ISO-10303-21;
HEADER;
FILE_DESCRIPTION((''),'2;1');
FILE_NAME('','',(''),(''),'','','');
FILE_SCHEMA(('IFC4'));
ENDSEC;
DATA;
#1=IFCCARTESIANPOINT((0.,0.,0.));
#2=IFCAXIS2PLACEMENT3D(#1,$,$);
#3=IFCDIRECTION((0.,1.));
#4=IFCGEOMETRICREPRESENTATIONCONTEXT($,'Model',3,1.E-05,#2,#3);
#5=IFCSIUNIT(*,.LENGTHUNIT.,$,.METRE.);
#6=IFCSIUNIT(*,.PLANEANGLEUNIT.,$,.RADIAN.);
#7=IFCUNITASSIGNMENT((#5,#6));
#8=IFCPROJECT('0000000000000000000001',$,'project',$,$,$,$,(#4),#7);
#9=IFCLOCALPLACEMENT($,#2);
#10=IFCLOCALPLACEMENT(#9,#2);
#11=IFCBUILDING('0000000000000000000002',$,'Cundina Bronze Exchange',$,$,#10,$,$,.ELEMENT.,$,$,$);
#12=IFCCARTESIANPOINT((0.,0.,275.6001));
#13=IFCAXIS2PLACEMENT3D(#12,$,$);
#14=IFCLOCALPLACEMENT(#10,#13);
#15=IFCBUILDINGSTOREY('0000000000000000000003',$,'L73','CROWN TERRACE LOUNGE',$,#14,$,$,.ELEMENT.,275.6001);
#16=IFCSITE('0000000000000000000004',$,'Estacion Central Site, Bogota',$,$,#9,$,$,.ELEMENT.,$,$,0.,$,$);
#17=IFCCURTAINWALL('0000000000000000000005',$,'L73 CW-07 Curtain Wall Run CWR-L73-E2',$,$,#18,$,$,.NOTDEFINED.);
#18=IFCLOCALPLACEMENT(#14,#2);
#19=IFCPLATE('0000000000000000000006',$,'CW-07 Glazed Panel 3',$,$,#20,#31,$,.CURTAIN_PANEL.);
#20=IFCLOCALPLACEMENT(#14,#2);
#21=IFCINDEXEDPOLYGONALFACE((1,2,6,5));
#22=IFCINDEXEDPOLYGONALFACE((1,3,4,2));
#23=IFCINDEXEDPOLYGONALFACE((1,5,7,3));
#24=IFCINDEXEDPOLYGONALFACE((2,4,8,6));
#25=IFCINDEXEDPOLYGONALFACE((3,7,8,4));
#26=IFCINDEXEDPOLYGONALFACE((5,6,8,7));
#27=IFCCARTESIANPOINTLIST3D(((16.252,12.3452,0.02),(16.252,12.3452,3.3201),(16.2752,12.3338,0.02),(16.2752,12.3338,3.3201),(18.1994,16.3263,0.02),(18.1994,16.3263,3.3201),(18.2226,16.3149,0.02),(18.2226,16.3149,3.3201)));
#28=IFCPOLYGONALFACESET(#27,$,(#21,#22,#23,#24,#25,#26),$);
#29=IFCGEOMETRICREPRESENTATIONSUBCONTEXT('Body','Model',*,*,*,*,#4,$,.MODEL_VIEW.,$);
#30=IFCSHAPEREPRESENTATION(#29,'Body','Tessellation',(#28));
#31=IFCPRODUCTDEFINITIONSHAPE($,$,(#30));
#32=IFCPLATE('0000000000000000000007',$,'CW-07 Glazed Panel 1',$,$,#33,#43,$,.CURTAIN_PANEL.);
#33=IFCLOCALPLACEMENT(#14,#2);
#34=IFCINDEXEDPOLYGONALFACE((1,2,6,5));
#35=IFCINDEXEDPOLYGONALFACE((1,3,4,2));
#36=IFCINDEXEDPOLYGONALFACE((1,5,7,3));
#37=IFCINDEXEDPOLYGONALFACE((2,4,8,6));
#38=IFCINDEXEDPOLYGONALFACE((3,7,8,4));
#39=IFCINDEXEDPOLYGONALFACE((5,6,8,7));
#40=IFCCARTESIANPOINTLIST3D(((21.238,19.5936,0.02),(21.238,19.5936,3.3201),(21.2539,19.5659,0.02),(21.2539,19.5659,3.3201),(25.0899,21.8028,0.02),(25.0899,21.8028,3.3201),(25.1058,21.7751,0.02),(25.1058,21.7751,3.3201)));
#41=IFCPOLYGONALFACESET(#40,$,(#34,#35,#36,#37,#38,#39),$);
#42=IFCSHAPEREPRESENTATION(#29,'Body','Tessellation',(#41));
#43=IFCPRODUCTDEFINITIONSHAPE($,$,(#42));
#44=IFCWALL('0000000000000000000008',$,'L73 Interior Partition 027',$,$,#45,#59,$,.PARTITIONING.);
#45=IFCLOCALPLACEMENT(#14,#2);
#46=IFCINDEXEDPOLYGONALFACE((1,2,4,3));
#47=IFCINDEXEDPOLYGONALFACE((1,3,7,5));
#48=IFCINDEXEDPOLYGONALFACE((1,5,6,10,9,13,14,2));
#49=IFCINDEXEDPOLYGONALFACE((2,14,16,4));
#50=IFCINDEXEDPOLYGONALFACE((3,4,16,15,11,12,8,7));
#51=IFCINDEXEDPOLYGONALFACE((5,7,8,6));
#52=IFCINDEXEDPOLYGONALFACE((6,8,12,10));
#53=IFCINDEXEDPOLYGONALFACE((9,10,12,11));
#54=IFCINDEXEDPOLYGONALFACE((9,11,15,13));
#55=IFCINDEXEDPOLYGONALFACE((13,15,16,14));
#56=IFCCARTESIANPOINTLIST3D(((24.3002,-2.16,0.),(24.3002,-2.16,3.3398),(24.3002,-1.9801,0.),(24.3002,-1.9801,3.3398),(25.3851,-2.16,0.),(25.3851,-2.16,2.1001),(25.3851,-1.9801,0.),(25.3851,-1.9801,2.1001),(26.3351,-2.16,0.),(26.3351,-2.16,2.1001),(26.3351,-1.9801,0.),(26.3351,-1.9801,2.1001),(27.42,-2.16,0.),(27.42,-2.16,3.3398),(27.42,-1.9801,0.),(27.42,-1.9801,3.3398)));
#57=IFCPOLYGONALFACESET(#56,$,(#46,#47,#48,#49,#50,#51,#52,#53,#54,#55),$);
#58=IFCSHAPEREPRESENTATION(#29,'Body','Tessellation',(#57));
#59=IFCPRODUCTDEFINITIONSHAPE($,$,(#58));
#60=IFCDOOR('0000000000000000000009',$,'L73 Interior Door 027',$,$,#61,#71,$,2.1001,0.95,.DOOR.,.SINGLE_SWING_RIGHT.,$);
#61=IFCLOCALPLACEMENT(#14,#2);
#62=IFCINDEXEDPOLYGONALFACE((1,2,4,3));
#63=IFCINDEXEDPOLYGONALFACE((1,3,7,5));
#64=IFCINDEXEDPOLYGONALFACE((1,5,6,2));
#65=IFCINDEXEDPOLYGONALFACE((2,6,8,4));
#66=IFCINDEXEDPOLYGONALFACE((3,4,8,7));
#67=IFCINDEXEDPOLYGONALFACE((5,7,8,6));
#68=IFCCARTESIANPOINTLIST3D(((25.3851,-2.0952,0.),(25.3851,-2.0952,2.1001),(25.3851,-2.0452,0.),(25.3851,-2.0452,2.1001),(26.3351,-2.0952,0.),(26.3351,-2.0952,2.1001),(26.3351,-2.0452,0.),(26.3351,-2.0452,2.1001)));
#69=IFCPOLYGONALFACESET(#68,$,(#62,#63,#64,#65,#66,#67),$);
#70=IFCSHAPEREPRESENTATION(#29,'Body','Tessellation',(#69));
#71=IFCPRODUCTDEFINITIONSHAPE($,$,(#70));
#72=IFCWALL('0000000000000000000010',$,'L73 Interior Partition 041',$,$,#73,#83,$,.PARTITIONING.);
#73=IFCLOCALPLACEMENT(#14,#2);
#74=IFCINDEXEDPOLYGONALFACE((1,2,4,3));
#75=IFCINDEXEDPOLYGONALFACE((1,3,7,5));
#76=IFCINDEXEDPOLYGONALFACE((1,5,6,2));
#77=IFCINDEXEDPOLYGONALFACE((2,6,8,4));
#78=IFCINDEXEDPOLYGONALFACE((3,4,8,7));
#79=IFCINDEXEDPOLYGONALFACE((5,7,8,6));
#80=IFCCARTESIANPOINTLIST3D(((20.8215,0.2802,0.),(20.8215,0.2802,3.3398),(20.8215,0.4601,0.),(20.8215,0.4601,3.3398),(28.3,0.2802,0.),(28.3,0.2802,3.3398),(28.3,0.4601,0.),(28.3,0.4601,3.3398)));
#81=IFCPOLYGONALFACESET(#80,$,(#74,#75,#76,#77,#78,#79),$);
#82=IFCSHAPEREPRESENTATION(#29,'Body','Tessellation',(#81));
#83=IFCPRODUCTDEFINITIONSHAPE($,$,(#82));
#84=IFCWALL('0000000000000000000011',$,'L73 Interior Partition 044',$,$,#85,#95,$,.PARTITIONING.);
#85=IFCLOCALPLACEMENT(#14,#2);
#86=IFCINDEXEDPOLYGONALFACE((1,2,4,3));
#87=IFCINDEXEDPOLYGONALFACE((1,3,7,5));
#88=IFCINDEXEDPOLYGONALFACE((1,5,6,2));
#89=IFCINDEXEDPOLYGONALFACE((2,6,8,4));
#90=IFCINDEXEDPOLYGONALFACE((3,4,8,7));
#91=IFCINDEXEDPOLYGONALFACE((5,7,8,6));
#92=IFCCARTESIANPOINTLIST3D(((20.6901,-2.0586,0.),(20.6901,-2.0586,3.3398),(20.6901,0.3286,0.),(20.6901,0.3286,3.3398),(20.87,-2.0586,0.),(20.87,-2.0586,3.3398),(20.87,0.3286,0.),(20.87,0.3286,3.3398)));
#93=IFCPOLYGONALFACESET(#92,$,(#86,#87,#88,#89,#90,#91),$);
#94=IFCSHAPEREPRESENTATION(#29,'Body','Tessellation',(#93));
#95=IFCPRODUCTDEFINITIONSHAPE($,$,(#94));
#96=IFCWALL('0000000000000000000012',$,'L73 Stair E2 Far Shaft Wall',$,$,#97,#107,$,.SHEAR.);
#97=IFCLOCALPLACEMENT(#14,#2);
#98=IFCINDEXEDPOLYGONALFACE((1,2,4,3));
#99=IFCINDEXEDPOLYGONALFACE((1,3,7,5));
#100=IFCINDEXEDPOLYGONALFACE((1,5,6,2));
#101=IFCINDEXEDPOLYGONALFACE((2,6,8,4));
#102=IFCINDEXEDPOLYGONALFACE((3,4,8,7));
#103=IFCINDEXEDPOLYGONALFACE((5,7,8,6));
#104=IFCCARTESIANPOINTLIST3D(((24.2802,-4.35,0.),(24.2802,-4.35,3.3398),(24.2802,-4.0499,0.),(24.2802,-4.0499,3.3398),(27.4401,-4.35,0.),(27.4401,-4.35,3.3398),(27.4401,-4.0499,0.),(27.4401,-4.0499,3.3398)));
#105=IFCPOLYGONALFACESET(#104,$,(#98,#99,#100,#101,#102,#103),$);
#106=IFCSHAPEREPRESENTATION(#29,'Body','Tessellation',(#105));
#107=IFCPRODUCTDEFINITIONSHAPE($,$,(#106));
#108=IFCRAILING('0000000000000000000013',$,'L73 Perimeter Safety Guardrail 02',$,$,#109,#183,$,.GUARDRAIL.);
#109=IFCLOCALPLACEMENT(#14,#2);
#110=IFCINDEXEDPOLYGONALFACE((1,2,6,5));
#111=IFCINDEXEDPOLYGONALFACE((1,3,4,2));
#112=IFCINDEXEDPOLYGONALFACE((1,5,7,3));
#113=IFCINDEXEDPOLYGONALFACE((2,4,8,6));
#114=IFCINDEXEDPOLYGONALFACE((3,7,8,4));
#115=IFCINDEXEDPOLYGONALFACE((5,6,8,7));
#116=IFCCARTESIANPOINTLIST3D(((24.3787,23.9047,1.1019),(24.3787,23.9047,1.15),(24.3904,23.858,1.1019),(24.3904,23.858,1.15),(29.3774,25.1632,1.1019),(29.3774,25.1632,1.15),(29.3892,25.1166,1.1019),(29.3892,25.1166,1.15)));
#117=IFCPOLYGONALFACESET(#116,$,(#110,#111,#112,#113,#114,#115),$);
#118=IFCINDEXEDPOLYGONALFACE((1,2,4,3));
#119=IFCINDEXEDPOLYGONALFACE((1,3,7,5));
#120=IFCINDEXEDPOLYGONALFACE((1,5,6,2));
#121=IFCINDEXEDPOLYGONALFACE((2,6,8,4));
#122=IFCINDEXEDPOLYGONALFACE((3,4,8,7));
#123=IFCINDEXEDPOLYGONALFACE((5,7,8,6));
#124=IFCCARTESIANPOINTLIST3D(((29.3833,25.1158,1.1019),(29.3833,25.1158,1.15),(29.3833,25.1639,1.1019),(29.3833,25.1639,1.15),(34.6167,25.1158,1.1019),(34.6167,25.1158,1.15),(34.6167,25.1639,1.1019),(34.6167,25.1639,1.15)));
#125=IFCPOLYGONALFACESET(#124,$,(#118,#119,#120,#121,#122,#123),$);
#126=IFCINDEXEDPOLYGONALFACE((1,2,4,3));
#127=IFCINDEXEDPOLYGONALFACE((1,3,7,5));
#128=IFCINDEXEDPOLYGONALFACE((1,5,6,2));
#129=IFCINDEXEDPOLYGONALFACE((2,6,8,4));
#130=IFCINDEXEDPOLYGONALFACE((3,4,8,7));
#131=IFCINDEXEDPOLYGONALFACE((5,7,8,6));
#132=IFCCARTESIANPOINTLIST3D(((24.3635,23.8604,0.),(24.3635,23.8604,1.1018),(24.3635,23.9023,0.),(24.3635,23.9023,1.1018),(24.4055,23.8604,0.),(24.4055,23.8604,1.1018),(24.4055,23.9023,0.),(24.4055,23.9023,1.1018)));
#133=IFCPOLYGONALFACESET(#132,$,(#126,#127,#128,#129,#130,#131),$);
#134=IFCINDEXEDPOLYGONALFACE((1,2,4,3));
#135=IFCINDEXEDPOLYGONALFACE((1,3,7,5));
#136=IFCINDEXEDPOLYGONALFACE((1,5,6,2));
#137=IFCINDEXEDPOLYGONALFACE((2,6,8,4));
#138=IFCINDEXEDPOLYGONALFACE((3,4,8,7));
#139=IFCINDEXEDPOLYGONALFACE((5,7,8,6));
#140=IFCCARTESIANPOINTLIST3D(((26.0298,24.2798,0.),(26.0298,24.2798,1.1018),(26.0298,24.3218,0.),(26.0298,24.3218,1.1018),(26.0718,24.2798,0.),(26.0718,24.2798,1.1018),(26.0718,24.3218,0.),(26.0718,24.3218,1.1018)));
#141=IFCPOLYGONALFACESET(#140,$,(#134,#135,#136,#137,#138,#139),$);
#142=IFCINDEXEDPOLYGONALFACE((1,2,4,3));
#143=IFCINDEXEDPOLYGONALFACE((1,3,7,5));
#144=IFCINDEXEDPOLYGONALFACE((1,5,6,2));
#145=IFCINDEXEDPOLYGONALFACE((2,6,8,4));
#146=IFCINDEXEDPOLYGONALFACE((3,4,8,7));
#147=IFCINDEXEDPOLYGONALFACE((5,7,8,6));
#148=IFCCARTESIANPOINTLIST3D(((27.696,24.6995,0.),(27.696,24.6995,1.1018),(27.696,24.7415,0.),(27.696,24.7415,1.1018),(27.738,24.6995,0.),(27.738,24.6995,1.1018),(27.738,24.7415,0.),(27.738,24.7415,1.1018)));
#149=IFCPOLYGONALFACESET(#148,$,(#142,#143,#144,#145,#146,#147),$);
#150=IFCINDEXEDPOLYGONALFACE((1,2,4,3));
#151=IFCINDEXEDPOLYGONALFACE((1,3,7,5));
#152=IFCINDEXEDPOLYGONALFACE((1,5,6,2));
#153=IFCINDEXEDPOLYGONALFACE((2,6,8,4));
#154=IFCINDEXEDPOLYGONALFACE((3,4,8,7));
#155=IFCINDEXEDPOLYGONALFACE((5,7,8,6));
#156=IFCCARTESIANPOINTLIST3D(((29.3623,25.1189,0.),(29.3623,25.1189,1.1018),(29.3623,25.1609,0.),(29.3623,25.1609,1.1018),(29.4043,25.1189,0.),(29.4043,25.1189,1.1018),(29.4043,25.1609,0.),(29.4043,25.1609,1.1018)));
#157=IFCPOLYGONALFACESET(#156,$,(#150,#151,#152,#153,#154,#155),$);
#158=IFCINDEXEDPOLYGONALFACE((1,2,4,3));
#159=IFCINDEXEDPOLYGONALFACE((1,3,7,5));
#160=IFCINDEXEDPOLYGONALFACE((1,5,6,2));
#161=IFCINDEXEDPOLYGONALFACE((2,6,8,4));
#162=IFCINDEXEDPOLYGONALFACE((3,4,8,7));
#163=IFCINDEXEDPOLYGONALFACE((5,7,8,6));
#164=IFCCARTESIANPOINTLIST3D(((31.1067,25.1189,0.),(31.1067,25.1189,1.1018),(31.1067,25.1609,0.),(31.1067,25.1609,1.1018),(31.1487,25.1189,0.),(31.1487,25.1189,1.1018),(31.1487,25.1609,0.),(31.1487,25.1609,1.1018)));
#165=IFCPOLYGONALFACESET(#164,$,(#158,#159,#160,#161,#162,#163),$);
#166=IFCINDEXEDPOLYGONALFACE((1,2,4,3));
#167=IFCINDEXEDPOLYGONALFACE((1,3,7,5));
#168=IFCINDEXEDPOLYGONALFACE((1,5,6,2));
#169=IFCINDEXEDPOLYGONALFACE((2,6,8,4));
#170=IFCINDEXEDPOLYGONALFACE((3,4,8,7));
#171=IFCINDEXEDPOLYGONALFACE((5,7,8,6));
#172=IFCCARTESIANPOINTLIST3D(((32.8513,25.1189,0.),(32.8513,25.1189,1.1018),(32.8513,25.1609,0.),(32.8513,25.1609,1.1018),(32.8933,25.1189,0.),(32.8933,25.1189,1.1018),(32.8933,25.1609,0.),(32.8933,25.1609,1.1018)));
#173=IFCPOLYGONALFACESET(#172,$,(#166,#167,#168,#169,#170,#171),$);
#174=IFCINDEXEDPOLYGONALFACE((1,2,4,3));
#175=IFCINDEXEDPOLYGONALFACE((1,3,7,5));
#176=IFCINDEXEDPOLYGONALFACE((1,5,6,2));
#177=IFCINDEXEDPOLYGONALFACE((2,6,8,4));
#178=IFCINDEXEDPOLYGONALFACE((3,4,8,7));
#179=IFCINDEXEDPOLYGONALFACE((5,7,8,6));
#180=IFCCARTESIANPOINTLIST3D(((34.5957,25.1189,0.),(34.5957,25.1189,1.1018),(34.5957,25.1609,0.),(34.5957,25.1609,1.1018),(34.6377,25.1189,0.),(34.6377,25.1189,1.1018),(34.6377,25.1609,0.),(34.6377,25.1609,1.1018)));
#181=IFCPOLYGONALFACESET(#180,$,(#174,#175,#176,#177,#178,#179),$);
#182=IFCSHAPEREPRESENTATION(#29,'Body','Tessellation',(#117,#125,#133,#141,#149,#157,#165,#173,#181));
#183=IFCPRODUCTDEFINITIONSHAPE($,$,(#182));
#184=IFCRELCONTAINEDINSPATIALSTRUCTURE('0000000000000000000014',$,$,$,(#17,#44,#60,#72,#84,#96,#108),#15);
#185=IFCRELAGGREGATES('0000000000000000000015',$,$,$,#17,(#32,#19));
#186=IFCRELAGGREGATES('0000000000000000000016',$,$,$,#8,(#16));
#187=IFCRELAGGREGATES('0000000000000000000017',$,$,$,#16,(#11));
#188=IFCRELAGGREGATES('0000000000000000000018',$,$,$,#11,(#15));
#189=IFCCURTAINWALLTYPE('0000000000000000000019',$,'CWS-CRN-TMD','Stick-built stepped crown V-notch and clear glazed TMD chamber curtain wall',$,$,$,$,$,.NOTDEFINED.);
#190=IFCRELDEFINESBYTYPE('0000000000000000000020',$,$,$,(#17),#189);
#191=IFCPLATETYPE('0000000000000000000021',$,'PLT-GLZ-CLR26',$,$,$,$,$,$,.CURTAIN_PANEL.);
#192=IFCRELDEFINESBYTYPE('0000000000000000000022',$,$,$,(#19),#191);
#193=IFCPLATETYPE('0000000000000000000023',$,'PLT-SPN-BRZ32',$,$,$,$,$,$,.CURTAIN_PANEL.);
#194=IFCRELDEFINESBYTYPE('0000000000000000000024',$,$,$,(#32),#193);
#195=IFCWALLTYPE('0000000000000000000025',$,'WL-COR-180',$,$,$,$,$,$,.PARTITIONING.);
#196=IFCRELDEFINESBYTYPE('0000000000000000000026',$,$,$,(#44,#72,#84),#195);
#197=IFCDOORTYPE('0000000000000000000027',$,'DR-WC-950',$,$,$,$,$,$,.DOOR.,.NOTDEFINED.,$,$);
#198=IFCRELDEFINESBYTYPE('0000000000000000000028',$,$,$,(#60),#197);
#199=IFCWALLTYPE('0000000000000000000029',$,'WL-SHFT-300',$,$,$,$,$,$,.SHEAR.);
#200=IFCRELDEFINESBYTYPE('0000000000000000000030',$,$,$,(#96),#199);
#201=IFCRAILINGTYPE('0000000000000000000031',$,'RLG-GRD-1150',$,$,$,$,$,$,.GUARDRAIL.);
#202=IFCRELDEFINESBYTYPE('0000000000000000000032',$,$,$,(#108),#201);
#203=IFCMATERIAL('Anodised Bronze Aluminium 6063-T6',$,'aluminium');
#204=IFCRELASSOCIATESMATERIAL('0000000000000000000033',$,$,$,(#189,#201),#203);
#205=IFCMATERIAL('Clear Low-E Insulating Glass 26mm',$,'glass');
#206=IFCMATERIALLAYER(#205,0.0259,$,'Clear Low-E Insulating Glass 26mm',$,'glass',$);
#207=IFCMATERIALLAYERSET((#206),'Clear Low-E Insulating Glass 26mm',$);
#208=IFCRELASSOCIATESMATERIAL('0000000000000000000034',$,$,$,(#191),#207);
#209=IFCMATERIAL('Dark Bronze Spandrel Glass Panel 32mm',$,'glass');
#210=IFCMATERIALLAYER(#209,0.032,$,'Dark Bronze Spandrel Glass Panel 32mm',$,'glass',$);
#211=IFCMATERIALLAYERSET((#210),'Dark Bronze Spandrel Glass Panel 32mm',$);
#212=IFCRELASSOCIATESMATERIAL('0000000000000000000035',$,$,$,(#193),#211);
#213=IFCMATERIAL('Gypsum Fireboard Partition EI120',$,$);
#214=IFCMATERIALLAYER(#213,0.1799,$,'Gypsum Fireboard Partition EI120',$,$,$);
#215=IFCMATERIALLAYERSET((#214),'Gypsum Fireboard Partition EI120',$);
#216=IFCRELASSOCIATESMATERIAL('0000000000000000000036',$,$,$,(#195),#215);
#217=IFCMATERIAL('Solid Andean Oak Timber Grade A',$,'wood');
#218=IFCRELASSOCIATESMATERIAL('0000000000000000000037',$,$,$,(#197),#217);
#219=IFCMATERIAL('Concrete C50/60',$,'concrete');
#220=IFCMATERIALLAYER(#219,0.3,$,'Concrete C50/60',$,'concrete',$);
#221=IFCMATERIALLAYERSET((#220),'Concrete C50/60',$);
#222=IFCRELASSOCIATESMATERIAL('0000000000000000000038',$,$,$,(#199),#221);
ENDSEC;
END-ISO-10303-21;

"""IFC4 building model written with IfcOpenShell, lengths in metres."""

from ifc_helpers import new_model, si_unit, direction, frame, frame_2d, origin, origin_2d, place, context, subcontext, project, spatial, rectangle, extrude, material, layer, layer_set, type_object, element, fill, aggregate, save


model = new_model("IFC4")

# Units and contexts
model_context = context("Model", 3, precision=1e-05, world=origin(), true_north=direction((0.0, 1.0)))
body_context = subcontext(model_context, "Body", "Model", "MODEL_VIEW")
ifc_project = project(units=[si_unit("LENGTHUNIT", "METRE"), si_unit("PLANEANGLEUNIT", "RADIAN")], contexts=[model_context])

# Site, building, storey
site_placement = place(None, origin())
site = spatial("IfcSite", under=ifc_project, at=site_placement, Name="Estacion Central Site, Bogota", CompositionType="ELEMENT", RefElevation=0.0)
building_placement = place(site_placement, origin())
building = spatial("IfcBuilding", under=site, at=building_placement, Name="Cundina Bronze Exchange", CompositionType="ELEMENT")
storey_placement = place(building_placement, frame((0.0, 0.0, 275.6001)))
storey = spatial("IfcBuildingStorey", under=building, at=storey_placement, Name="L73", Description="CROWN TERRACE LOUNGE", CompositionType="ELEMENT", Elevation=275.6001)

# Shared definitions
ifc_material_1 = material(Name="Concrete C50/60", Category="concrete")

# Curtain wall, plates
ifc_material_2 = material(Name="Anodised Bronze Aluminium 6063-T6", Category="aluminium")
curtain_wall_type = type_object("IfcCurtainWallType", Name="CWS-CRN-TMD", Description="Stick-built stepped crown V-notch and clear glazed TMD chamber curtain wall", PredefinedType="NOTDEFINED", material=ifc_material_2)
curtain_wall_placement = place(storey_placement, origin())
curtain_wall = element("IfcCurtainWall", 1, at=curtain_wall_placement, inside=storey, type_object=curtain_wall_type, Name="L73 CW-07 Curtain Wall Run CWR-L73-E2", PredefinedType="NOTDEFINED")
ifc_material_3 = material(Name="Clear Low-E Insulating Glass 26mm", Category="glass")
ifc_layer_1 = layer(ifc_material_3, 0.0259, Name="Clear Low-E Insulating Glass 26mm", Category="glass")
ifc_layer_set_1 = layer_set([ifc_layer_1], Name="Clear Low-E Insulating Glass 26mm")
plate_type_1 = type_object("IfcPlateType", Name="PLT-GLZ-CLR26", PredefinedType="CURTAIN_PANEL", material=ifc_layer_set_1)
plate_1_placement = place(storey_placement, frame((17.2373, 14.3301, 0.02), z_axis=(0.0, 0.0, 1.0), x_axis=(-0.439406, -0.898288, 0.0)))
plate_1 = element("IfcPlate", 2, at=plate_1_placement, type_object=plate_type_1, Name="CW-07 Glazed Panel 3", PredefinedType="CURTAIN_PANEL", context=body_context, shape_type="SweptSolid", body=[
    extrude(rectangle(XDim=4.4319, YDim=0.0259, at=origin_2d()), origin(), (0.0, 0.0, 1.0), 3.3),
])
ifc_material_4 = material(Name="Dark Bronze Spandrel Glass Panel 32mm", Category="glass")
ifc_layer_2 = layer(ifc_material_4, 0.032, Name="Dark Bronze Spandrel Glass Panel 32mm", Category="glass")
ifc_layer_set_2 = layer_set([ifc_layer_2], Name="Dark Bronze Spandrel Glass Panel 32mm")
plate_type_2 = type_object("IfcPlateType", Name="PLT-SPN-BRZ32", PredefinedType="CURTAIN_PANEL", material=ifc_layer_set_2)
plate_2_placement = place(storey_placement, frame((23.1719, 20.6843, 0.02), z_axis=(0.0, 0.0, 1.0), x_axis=(-0.867453, -0.497519, 0.0)))
plate_2 = element("IfcPlate", 3, at=plate_2_placement, type_object=plate_type_2, Name="CW-07 Glazed Panel 1", PredefinedType="CURTAIN_PANEL", context=body_context, shape_type="SweptSolid", body=[
    extrude(rectangle(XDim=4.4404, YDim=0.032, at=origin_2d()), origin(), (0.0, 0.0, 1.0), 3.3),
])
aggregate(curtain_wall, [plate_2, plate_1])

# Wall, opening, door
ifc_material_5 = material(Name="Gypsum Fireboard Partition EI120")
ifc_layer_3 = layer(ifc_material_5, 0.1799, Name="Gypsum Fireboard Partition EI120")
ifc_layer_set_3 = layer_set([ifc_layer_3], Name="Gypsum Fireboard Partition EI120")
wall_type_1 = type_object("IfcWallType", Name="WL-COR-180", PredefinedType="PARTITIONING", material=ifc_layer_set_3)
wall_1_placement = place(storey_placement, frame((24.3, -2.0701, 0.0), z_axis=(0.0, 0.0, 1.0), x_axis=(1.0, 0.0, 0.0)))
wall_1 = element("IfcWall", 4, at=wall_1_placement, inside=storey, type_object=wall_type_1, Name="L73 Interior Partition 027", PredefinedType="PARTITIONING", context=body_context, shape_type="SweptSolid", body=[
    extrude(rectangle(XDim=3.1199, YDim=0.1799, at=frame_2d((1.5601, 0.0))), origin(), (0.0, 0.0, 1.0), 3.3398),
])
opening_1_placement = place(wall_1_placement, frame((1.085, 0.0, 0.0)))
opening_1 = element("IfcOpeningElement", 5, at=opening_1_placement, cuts=wall_1, PredefinedType="OPENING", context=body_context, shape_type="SweptSolid", body=[
    extrude(rectangle(XDim=0.95, YDim=2.1001, at=frame_2d((0.4751, 1.05))), frame((0.0, 0.0999, 0.0), z_axis=(0.0, -1.0, 0.0), x_axis=(1.0, 0.0, 0.0)), (0.0, 0.0, 1.0), 0.2),
])
ifc_material_6 = material(Name="Solid Andean Oak Timber Grade A", Category="wood")
door_type_1 = type_object("IfcDoorType", Name="DR-WC-950", OperationType="NOTDEFINED", PredefinedType="DOOR", material=ifc_material_6)
door_1_placement = place(opening_1_placement, origin())
door_1 = element("IfcDoor", 6, at=door_1_placement, inside=storey, type_object=door_type_1, Name="L73 Interior Door 027", OperationType="SINGLE_SWING_RIGHT", OverallHeight=2.1001, OverallWidth=0.95, PredefinedType="DOOR", context=body_context, shape_type="SweptSolid", body=[
    extrude(rectangle(XDim=0.95, YDim=2.1001, at=frame_2d((0.4751, 1.05))), frame((0.0, 0.0249, 0.0), z_axis=(0.0, -1.0, 0.0), x_axis=(1.0, 0.0, 0.0)), (0.0, 0.0, 1.0), 0.05),
])
fill(opening_1, door_1)

# Walls
wall_2_placement = place(storey_placement, frame((28.3, 0.3701, 0.0), z_axis=(0.0, 0.0, 1.0), x_axis=(-1.0, 0.0, 0.0)))
element("IfcWall", 7, at=wall_2_placement, inside=storey, type_object=wall_type_1, Name="L73 Interior Partition 041", PredefinedType="PARTITIONING", context=body_context, shape_type="SweptSolid", body=[
    extrude(rectangle(XDim=7.4785, YDim=0.1799, at=frame_2d((3.7393, 0.0))), origin(), (0.0, 0.0, 1.0), 3.3398),
])
wall_3_placement = place(storey_placement, frame((20.78, 0.3286, 0.0), z_axis=(0.0, 0.0, 1.0), x_axis=(0.0, -1.0, 0.0)))
element("IfcWall", 8, at=wall_3_placement, inside=storey, type_object=wall_type_1, Name="L73 Interior Partition 044", PredefinedType="PARTITIONING", context=body_context, shape_type="SweptSolid", body=[
    extrude(rectangle(XDim=2.3872, YDim=0.1799, at=frame_2d((1.1936, 0.0))), origin(), (0.0, 0.0, 1.0), 3.3398),
])

# Shared definitions
ifc_layer_4 = layer(ifc_material_1, 0.3, Name="Concrete C50/60", Category="concrete")
ifc_layer_set_4 = layer_set([ifc_layer_4], Name="Concrete C50/60")
wall_type_2 = type_object("IfcWallType", Name="WL-SHFT-300", PredefinedType="SHEAR", material=ifc_layer_set_4)

# Wall
wall_4_placement = place(storey_placement, frame((24.28, -4.2, 0.0), z_axis=(0.0, 0.0, 1.0), x_axis=(1.0, 0.0, 0.0)))
element("IfcWall", 9, at=wall_4_placement, inside=storey, type_object=wall_type_2, Name="L73 Stair E2 Far Shaft Wall", PredefinedType="SHEAR", context=body_context, shape_type="SweptSolid", body=[
    extrude(rectangle(XDim=3.1599, YDim=0.3, at=frame_2d((1.5801, 0.0))), origin(), (0.0, 0.0, 1.0), 3.3398),
])

# Railing
railing_type = type_object("IfcRailingType", Name="RLG-GRD-1150", PredefinedType="GUARDRAIL", material=ifc_material_2)
railing_1_placement = place(storey_placement, frame((24.3845, 23.8813, 0.0)))
element("IfcRailing", 10, at=railing_1_placement, inside=storey, type_object=railing_type, Name="L73 Perimeter Safety Guardrail 02", PredefinedType="GUARDRAIL", context=body_context, shape_type="SweptSolid", body=[
    extrude(rectangle(XDim=0.0481, YDim=0.0481, at=origin_2d()), frame((0.0, 0.0, 1.126), z_axis=(0.969737, 0.244151, 0.0), x_axis=(-0.244151, 0.969737, 0.0)), (0.0, 0.0, 1.0), 5.1548),
    extrude(rectangle(XDim=0.0481, YDim=0.0481, at=origin_2d()), frame((4.9988, 1.2585, 1.126), z_axis=(1.0, 0.0, 0.0), x_axis=(0.0, 1.0, 0.0)), (0.0, 0.0, 1.0), 5.2334),
    extrude(rectangle(XDim=0.042, YDim=0.042, at=origin_2d()), origin(), (0.0, 0.0, 1.0), 1.1018),
    extrude(rectangle(XDim=0.042, YDim=0.042, at=origin_2d()), frame((1.6663, 0.4194, 0.0)), (0.0, 0.0, 1.0), 1.1018),
    extrude(rectangle(XDim=0.042, YDim=0.042, at=origin_2d()), frame((3.3325, 0.8391, 0.0)), (0.0, 0.0, 1.0), 1.1018),
    extrude(rectangle(XDim=0.042, YDim=0.042, at=origin_2d()), frame((4.9988, 1.2585, 0.0)), (0.0, 0.0, 1.0), 1.1018),
    extrude(rectangle(XDim=0.042, YDim=0.042, at=origin_2d()), frame((6.7432, 1.2585, 0.0)), (0.0, 0.0, 1.0), 1.1018),
    extrude(rectangle(XDim=0.042, YDim=0.042, at=origin_2d()), frame((8.4878, 1.2585, 0.0)), (0.0, 0.0, 1.0), 1.1018),
    extrude(rectangle(XDim=0.042, YDim=0.042, at=origin_2d()), frame((10.2322, 1.2585, 0.0)), (0.0, 0.0, 1.0), 1.1018),
])

save(model, "model.ifc")
